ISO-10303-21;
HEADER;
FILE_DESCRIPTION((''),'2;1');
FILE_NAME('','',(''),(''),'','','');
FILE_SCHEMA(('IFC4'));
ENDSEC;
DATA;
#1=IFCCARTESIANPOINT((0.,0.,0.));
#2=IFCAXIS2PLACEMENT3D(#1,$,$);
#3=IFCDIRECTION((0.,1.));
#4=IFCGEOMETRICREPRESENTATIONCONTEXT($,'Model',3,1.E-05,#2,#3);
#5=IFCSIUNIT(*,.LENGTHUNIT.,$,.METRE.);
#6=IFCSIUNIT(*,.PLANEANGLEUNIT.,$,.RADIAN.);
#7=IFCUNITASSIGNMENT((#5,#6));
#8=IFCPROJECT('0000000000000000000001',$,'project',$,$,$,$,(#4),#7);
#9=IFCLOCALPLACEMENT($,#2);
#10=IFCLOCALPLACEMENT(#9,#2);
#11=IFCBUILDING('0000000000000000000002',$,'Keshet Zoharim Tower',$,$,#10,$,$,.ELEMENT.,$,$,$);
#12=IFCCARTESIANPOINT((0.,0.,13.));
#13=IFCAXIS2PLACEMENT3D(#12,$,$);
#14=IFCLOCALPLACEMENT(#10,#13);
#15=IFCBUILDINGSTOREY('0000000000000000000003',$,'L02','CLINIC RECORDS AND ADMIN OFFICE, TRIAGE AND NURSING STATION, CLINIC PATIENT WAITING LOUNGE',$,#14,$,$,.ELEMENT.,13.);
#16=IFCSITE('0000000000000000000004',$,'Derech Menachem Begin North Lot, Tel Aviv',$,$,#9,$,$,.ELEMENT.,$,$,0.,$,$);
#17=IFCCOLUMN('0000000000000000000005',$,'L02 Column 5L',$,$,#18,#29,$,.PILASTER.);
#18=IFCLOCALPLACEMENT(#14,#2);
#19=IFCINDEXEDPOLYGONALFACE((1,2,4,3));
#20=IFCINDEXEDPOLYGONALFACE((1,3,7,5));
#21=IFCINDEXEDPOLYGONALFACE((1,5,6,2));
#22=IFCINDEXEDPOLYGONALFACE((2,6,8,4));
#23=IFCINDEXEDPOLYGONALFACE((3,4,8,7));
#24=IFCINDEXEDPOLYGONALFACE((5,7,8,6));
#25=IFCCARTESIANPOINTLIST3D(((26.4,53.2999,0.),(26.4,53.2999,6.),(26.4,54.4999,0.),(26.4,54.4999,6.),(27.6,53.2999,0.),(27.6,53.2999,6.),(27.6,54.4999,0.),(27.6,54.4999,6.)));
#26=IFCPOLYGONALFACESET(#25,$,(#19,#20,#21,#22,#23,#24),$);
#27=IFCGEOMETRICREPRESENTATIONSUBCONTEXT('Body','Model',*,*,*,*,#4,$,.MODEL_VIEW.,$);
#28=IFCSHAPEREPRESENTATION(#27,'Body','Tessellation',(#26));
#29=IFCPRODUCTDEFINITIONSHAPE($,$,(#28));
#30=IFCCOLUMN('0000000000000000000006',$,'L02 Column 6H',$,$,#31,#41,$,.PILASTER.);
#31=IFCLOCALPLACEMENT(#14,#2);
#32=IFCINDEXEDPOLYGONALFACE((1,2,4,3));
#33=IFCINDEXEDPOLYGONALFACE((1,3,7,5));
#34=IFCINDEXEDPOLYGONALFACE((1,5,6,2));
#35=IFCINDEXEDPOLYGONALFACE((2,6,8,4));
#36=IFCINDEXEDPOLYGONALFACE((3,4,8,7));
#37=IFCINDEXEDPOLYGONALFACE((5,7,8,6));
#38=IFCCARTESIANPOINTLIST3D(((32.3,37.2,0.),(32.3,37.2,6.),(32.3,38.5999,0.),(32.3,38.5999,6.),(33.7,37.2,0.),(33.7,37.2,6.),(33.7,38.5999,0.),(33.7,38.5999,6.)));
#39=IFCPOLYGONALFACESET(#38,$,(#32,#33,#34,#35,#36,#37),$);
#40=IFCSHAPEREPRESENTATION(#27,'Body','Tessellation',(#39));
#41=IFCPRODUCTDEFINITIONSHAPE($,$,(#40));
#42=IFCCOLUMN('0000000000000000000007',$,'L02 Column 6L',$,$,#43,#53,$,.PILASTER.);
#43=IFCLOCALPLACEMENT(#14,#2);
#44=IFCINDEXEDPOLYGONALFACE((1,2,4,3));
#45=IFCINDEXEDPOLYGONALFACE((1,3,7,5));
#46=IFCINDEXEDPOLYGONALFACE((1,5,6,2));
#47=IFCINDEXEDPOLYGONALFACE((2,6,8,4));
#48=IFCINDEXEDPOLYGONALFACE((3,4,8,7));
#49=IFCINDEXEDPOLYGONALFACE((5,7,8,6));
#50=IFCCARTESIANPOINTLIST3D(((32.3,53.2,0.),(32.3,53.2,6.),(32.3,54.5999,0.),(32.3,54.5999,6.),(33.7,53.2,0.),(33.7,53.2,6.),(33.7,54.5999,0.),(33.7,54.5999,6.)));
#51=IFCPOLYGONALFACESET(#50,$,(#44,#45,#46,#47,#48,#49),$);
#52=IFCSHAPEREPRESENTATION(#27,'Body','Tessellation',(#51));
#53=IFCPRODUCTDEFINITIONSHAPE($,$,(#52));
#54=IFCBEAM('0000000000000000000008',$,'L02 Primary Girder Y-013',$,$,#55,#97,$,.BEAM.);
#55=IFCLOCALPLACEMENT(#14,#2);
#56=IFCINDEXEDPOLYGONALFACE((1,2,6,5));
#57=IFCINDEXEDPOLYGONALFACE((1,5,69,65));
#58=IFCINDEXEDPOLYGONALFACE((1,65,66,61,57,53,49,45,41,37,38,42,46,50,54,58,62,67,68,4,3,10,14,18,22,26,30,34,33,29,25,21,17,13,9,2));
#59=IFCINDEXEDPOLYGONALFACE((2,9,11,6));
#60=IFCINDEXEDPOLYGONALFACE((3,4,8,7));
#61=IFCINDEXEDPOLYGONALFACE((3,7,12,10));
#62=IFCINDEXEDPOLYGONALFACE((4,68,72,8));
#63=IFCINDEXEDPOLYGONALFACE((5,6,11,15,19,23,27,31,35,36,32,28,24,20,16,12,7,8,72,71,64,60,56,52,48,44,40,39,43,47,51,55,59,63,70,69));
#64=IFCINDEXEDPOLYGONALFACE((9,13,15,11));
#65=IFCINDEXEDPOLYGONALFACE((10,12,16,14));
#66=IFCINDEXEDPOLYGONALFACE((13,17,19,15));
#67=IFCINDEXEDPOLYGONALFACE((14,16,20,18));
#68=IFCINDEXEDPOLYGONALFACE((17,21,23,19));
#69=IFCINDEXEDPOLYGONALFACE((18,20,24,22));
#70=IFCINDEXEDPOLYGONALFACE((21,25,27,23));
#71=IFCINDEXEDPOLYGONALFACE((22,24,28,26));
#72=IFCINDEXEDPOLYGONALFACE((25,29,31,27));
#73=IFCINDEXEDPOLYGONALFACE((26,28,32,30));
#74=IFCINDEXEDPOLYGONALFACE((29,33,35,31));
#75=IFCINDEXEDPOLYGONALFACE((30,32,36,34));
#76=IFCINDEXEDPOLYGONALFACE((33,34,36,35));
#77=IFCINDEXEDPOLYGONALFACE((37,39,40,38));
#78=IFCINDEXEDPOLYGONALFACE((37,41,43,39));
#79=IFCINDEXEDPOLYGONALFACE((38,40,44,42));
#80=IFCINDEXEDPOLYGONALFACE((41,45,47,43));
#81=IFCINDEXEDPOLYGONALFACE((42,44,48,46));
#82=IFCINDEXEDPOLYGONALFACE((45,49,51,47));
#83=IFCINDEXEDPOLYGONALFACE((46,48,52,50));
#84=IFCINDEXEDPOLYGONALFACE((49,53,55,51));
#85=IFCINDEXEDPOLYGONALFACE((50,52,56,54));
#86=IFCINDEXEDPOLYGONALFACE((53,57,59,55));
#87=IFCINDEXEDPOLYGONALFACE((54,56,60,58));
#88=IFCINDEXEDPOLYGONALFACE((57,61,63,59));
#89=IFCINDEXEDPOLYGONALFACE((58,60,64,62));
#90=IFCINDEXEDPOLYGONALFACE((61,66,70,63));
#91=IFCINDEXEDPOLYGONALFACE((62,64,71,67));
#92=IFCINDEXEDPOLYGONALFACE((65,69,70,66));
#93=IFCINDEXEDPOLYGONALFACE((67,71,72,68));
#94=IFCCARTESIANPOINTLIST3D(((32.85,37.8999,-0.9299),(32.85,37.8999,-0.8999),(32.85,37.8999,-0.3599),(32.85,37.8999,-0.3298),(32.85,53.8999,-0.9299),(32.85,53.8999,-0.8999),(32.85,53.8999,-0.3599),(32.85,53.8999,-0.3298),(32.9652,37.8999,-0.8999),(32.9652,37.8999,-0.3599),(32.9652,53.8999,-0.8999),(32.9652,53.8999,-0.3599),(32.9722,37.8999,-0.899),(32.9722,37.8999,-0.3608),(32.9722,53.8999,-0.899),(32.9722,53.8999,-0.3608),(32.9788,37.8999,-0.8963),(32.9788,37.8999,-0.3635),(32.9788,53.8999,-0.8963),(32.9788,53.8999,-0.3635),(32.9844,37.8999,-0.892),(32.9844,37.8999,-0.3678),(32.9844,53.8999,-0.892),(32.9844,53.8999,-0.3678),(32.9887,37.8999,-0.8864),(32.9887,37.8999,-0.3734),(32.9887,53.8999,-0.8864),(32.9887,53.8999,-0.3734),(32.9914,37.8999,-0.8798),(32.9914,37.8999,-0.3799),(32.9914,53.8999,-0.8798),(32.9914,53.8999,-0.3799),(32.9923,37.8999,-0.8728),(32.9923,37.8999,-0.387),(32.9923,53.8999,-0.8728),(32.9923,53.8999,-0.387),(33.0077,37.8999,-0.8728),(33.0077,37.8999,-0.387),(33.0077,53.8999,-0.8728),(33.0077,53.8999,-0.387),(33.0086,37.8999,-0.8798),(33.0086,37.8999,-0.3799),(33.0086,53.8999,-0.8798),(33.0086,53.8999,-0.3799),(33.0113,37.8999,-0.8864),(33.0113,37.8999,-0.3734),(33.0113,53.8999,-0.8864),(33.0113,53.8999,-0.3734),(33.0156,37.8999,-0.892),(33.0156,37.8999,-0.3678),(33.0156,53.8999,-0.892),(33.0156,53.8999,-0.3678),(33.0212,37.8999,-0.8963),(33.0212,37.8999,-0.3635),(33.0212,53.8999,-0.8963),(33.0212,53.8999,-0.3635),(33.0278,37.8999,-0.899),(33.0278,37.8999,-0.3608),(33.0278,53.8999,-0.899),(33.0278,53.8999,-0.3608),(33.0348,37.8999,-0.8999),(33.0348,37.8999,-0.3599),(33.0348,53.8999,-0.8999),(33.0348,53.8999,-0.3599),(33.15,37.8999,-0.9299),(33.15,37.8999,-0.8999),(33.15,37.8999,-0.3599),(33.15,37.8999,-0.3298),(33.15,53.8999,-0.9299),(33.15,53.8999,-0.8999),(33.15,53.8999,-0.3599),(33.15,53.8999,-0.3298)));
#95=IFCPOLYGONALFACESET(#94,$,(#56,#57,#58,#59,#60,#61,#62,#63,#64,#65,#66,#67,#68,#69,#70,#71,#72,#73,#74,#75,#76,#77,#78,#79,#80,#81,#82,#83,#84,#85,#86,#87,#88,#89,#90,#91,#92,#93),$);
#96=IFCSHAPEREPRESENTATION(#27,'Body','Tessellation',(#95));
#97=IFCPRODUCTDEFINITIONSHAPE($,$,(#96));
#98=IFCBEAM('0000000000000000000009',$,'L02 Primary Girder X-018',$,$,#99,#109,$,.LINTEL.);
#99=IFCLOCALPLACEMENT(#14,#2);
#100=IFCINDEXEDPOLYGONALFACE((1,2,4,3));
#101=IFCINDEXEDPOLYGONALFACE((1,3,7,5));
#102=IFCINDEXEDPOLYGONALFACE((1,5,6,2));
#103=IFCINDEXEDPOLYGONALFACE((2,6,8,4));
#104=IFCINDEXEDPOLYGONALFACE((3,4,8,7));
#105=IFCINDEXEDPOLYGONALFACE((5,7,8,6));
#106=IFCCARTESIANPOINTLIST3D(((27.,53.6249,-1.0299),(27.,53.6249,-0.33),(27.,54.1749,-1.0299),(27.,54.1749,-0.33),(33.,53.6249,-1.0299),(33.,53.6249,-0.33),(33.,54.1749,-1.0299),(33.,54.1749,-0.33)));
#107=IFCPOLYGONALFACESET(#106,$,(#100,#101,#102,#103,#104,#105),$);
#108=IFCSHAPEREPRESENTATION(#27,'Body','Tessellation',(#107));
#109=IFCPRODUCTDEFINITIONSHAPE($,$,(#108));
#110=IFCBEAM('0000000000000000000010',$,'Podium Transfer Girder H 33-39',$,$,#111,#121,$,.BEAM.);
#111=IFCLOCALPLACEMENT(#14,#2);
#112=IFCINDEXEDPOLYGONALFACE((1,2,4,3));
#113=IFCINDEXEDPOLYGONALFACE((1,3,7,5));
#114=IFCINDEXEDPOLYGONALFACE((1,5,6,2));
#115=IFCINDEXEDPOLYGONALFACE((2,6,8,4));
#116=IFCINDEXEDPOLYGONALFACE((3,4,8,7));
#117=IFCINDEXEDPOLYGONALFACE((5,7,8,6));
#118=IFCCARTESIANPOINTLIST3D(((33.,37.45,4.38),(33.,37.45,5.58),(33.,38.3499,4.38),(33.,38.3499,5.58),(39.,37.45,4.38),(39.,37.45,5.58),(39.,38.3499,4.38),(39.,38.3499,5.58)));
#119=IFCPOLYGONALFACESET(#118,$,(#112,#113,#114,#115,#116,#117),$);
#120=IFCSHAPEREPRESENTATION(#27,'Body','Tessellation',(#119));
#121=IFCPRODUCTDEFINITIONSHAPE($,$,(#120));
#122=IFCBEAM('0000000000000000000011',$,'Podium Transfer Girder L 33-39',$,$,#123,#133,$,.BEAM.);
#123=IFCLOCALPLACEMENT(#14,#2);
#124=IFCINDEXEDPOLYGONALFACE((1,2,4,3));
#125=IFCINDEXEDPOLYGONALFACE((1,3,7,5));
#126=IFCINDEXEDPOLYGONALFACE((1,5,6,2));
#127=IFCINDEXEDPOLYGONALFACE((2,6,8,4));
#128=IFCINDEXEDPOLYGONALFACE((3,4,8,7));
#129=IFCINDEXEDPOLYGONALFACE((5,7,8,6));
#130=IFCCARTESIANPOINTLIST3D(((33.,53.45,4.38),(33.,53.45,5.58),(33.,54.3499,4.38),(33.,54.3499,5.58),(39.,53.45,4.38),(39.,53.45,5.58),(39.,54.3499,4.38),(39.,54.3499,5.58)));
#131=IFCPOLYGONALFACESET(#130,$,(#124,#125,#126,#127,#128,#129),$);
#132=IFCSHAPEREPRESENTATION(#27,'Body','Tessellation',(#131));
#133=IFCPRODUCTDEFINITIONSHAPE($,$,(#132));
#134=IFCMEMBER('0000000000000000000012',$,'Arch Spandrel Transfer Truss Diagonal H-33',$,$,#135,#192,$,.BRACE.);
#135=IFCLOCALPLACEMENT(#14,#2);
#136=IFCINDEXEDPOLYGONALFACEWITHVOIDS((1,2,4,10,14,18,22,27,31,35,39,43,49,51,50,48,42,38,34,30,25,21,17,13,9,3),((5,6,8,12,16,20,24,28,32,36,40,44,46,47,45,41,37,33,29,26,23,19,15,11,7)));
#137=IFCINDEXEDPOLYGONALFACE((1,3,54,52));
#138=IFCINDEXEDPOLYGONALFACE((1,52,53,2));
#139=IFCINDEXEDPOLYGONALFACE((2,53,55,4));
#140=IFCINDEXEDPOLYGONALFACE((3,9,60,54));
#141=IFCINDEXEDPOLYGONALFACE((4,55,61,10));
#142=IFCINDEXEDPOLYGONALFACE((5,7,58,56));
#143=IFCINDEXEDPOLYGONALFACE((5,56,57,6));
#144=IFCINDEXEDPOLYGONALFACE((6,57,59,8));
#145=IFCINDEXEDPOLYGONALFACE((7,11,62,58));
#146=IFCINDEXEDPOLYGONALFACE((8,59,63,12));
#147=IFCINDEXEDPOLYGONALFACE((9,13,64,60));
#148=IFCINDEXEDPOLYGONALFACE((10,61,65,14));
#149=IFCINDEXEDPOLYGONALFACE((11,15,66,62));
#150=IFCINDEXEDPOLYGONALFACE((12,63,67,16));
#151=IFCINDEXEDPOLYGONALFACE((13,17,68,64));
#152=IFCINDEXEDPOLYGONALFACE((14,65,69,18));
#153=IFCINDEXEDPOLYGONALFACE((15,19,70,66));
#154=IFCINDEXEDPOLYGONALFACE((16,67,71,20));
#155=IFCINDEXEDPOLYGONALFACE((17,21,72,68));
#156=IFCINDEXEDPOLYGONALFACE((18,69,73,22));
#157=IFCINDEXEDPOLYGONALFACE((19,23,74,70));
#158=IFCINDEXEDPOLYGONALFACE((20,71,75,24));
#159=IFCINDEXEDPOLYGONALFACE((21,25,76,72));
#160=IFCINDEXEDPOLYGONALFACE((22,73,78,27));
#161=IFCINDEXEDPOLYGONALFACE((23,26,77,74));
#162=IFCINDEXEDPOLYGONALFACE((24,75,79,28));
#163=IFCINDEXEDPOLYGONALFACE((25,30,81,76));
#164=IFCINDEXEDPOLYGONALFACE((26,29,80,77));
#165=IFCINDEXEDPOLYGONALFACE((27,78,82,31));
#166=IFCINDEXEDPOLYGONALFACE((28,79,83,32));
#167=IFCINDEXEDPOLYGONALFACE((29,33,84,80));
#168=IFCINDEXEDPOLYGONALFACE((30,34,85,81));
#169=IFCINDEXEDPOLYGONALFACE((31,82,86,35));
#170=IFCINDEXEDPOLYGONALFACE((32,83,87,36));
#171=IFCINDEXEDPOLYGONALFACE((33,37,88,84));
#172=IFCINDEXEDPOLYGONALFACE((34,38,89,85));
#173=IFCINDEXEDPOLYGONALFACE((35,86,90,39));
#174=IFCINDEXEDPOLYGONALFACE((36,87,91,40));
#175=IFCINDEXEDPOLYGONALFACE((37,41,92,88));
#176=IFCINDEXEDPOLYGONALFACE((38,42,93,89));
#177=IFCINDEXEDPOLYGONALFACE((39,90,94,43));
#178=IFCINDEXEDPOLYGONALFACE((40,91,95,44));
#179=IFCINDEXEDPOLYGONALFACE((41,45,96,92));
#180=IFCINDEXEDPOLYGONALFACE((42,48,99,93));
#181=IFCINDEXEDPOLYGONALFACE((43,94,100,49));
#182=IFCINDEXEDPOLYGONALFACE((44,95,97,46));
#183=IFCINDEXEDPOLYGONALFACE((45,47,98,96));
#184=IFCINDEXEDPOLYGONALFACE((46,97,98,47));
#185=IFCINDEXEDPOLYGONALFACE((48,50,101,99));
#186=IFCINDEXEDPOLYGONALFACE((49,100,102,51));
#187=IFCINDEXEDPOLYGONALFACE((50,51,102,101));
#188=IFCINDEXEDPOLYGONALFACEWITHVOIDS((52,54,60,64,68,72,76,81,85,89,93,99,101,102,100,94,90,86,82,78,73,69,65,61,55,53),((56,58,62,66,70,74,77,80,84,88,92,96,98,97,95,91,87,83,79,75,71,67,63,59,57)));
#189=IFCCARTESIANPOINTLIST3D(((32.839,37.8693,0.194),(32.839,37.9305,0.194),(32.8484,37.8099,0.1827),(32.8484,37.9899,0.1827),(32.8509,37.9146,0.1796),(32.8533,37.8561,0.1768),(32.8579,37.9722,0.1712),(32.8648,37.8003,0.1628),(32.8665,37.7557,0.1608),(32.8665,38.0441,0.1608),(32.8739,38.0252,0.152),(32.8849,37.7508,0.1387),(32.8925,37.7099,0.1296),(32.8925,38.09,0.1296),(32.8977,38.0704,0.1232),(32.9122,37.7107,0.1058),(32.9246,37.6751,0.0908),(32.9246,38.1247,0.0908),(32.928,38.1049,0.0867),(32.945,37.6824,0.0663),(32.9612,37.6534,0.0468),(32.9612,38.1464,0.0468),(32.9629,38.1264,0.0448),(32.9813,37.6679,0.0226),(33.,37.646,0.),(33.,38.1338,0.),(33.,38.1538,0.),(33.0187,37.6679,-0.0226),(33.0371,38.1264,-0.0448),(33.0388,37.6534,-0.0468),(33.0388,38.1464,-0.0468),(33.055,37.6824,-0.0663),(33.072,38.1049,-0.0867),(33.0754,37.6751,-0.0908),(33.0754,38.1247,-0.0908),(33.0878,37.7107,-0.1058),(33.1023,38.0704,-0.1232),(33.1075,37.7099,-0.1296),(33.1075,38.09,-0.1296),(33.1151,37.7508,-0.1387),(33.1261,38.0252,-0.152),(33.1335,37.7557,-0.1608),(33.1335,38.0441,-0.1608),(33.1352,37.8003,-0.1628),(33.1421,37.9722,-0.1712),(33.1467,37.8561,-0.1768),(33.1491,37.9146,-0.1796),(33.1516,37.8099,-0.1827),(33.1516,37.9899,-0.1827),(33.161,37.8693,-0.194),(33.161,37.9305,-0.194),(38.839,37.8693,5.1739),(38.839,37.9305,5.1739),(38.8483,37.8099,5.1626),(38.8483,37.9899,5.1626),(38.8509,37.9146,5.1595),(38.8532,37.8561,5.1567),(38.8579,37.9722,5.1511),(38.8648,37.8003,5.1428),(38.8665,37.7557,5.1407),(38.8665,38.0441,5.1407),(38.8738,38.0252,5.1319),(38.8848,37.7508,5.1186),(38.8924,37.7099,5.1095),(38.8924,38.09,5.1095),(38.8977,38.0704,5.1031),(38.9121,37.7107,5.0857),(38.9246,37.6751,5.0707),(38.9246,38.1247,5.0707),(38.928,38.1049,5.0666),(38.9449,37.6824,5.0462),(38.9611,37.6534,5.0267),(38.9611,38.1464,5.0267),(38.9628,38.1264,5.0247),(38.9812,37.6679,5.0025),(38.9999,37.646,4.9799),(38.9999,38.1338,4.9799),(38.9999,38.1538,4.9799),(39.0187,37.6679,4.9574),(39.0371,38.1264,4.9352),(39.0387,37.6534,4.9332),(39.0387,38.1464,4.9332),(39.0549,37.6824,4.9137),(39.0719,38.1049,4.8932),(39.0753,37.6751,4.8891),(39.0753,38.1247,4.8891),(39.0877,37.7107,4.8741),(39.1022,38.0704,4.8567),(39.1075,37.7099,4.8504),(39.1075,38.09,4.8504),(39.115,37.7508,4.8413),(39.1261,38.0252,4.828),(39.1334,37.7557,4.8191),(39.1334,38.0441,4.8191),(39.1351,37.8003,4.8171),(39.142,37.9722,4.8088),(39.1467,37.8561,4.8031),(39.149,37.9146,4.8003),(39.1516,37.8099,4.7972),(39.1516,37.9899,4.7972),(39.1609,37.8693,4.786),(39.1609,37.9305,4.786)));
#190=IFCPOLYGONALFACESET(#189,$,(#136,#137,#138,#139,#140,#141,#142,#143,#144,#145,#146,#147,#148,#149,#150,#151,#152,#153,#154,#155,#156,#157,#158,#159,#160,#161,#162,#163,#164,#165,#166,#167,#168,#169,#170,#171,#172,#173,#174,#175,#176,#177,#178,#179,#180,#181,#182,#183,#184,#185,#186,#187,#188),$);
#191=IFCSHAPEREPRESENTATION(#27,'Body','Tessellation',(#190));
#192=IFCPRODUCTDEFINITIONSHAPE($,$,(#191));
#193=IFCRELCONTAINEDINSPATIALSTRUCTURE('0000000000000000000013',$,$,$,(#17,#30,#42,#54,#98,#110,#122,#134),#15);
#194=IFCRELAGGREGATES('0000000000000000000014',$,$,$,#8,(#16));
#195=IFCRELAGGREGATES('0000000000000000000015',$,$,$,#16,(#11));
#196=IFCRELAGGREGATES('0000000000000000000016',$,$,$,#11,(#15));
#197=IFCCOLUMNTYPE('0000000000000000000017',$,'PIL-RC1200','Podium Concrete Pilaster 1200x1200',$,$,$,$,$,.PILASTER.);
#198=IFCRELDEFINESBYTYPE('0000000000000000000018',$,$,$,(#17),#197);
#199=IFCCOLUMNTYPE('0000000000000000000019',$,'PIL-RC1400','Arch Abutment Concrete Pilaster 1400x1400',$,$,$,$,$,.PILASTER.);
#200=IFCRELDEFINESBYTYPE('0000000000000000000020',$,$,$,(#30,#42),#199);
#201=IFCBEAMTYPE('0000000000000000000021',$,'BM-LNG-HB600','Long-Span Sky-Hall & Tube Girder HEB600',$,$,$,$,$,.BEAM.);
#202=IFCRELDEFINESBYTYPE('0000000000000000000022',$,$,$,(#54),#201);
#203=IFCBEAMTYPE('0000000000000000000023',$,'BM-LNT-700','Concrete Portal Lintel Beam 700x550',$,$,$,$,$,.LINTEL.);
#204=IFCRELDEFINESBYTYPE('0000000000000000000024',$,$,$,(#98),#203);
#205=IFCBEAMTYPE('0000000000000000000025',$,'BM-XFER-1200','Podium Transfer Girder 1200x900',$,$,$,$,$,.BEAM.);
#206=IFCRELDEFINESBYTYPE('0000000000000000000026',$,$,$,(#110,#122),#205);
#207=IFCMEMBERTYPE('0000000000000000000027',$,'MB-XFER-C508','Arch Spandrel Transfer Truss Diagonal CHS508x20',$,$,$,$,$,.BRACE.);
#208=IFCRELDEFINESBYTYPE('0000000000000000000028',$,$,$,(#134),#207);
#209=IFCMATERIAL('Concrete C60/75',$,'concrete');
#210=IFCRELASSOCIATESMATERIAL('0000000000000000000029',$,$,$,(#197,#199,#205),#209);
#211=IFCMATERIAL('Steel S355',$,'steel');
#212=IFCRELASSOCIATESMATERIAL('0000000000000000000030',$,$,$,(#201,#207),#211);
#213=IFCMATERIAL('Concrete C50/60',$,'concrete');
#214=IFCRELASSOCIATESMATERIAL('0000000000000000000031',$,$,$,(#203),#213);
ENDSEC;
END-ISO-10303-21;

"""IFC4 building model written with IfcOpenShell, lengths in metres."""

from ifc_helpers import new_model, si_unit, direction, frame, origin, origin_2d, place, context, subcontext, project, spatial, rectangle, hollow_circle, i_section, extrude, material, material_profile, profile_set, type_object, element, save


model = new_model("IFC4")

# Units and contexts
model_context = context("Model", 3, precision=1e-05, world=origin(), true_north=direction((0.0, 1.0)))
body_context = subcontext(model_context, "Body", "Model", "MODEL_VIEW")
ifc_project = project(units=[si_unit("LENGTHUNIT", "METRE"), si_unit("PLANEANGLEUNIT", "RADIAN")], contexts=[model_context])

# Site, building, storey
site_placement = place(None, origin())
site = spatial("IfcSite", under=ifc_project, at=site_placement, Name="Derech Menachem Begin North Lot, Tel Aviv", CompositionType="ELEMENT", RefElevation=0.0)
building_placement = place(site_placement, origin())
building = spatial("IfcBuilding", under=site, at=building_placement, Name="Keshet Zoharim Tower", CompositionType="ELEMENT")
storey_placement = place(building_placement, frame((0.0, 0.0, 13.0)))
storey = spatial("IfcBuildingStorey", under=building, at=storey_placement, Name="L02", Description="CLINIC RECORDS AND ADMIN OFFICE, TRIAGE AND NURSING STATION, CLINIC PATIENT WAITING LOUNGE", CompositionType="ELEMENT", Elevation=13.0)

# Columns
ifc_material_1 = material(Name="Concrete C60/75", Category="concrete")
ifc_material_profile_1 = material_profile(ifc_material_1, rectangle(XDim=1.2, YDim=1.2, at=origin_2d()), Name="RC1200x1200")
ifc_profile_set_1 = profile_set([ifc_material_profile_1], Name="Concrete C60/75")
column_type_1 = type_object("IfcColumnType", Name="PIL-RC1200", Description="Podium Concrete Pilaster 1200x1200", PredefinedType="PILASTER", material=ifc_profile_set_1)
column_placement = place(storey_placement, frame((27.0, 53.8999, 0.0), z_axis=(0.0, 0.0, 1.0), x_axis=(1.0, 0.0, 0.0)))
element("IfcColumn", 1, at=column_placement, inside=storey, type_object=column_type_1, Name="L02 Column 5L", PredefinedType="PILASTER", context=body_context, shape_type="SweptSolid", body=[
    extrude(rectangle(XDim=1.2, YDim=1.2, at=origin_2d()), origin(), (0.0, 0.0, 1.0), 6.0),
])
ifc_material_profile_2 = material_profile(ifc_material_1, rectangle(XDim=1.3999, YDim=1.3999, at=origin_2d()), Name="RC1400x1400")
ifc_profile_set_2 = profile_set([ifc_material_profile_2], Name="Concrete C60/75")
column_type_2 = type_object("IfcColumnType", Name="PIL-RC1400", Description="Arch Abutment Concrete Pilaster 1400x1400", PredefinedType="PILASTER", material=ifc_profile_set_2)
for number, where, z_axis, x_axis, name in (
    (2, (33.0, 37.8999, 0.0), (0.0, 0.0, 1.0), (1.0, 0.0, 0.0), "L02 Column 6H"),
    (3, (33.0, 53.8999, 0.0), (0.0, 0.0, 1.0), (1.0, 0.0, 0.0), "L02 Column 6L"),
):
    element("IfcColumn", number, at=place(storey_placement, frame(where, z_axis=z_axis, x_axis=x_axis)), inside=storey, type_object=column_type_2, Name=name, PredefinedType="PILASTER", context=body_context, shape_type="SweptSolid", body=[
        extrude(rectangle(XDim=1.3999, YDim=1.3999, at=origin_2d()), origin(), (0.0, 0.0, 1.0), 6.0),
    ])

# Beams
ifc_material_2 = material(Name="Steel S355", Category="steel")
ifc_material_profile_3 = material_profile(ifc_material_2, i_section(OverallWidth=0.3, OverallDepth=0.6001, WebThickness=0.0154, FlangeThickness=0.03, FilletRadius=0.0271, at=origin_2d()), Name="HEB600")
ifc_profile_set_3 = profile_set([ifc_material_profile_3], Name="Steel S355")
beam_type_1 = type_object("IfcBeamType", Name="BM-LNG-HB600", Description="Long-Span Sky-Hall & Tube Girder HEB600", PredefinedType="BEAM", material=ifc_profile_set_3)
beam_1_placement = place(storey_placement, frame((33.0, 37.8999, -0.6299), z_axis=(0.0, 1.0, 0.0), x_axis=(-1.0, 0.0, 0.0)))
element("IfcBeam", 4, at=beam_1_placement, inside=storey, type_object=beam_type_1, Name="L02 Primary Girder Y-013", PredefinedType="BEAM", context=body_context, shape_type="SweptSolid", body=[
    extrude(i_section(OverallWidth=0.3, OverallDepth=0.6001, WebThickness=0.0154, FlangeThickness=0.03, FilletRadius=0.0271, at=origin_2d()), origin(), (0.0, 0.0, 1.0), 16.0),
])
ifc_material_3 = material(Name="Concrete C50/60", Category="concrete")
ifc_material_profile_4 = material_profile(ifc_material_3, rectangle(XDim=0.55, YDim=0.7, at=origin_2d()), Name="RC700x550")
ifc_profile_set_4 = profile_set([ifc_material_profile_4], Name="Concrete C50/60")
beam_type_2 = type_object("IfcBeamType", Name="BM-LNT-700", Description="Concrete Portal Lintel Beam 700x550", PredefinedType="LINTEL", material=ifc_profile_set_4)
beam_2_placement = place(storey_placement, frame((27.0, 53.8999, -0.6799), z_axis=(1.0, 0.0, 0.0), x_axis=(0.0, 1.0, 0.0)))
element("IfcBeam", 5, at=beam_2_placement, inside=storey, type_object=beam_type_2, Name="L02 Primary Girder X-018", PredefinedType="LINTEL", context=body_context, shape_type="SweptSolid", body=[
    extrude(rectangle(XDim=0.55, YDim=0.7, at=origin_2d()), origin(), (0.0, 0.0, 1.0), 6.0),
])
ifc_material_profile_5 = material_profile(ifc_material_1, rectangle(XDim=0.8999, YDim=1.2, at=origin_2d()), Name="RC1200x900")
ifc_profile_set_5 = profile_set([ifc_material_profile_5], Name="Concrete C60/75")
beam_type_3 = type_object("IfcBeamType", Name="BM-XFER-1200", Description="Podium Transfer Girder 1200x900", PredefinedType="BEAM", material=ifc_profile_set_5)
for number, where, z_axis, x_axis, name in (
    (6, (33.0, 37.8999, 4.98), (1.0, 0.0, 0.0), (0.0, 1.0, 0.0), "Podium Transfer Girder H 33-39"),
    (7, (33.0, 53.8999, 4.98), (1.0, 0.0, 0.0), (0.0, 1.0, 0.0), "Podium Transfer Girder L 33-39"),
):
    element("IfcBeam", number, at=place(storey_placement, frame(where, z_axis=z_axis, x_axis=x_axis)), inside=storey, type_object=beam_type_3, Name=name, PredefinedType="BEAM", context=body_context, shape_type="SweptSolid", body=[
        extrude(rectangle(XDim=0.8999, YDim=1.2, at=origin_2d()), origin(), (0.0, 0.0, 1.0), 6.0),
    ])

# Member
ifc_material_profile_6 = material_profile(ifc_material_2, hollow_circle(Radius=0.2539, WallThickness=0.02, at=origin_2d()), Name="CHS508x20")
ifc_profile_set_6 = profile_set([ifc_material_profile_6], Name="Steel S355")
member_type = type_object("IfcMemberType", Name="MB-XFER-C508", Description="Arch Spandrel Transfer Truss Diagonal CHS508x20", PredefinedType="BRACE", material=ifc_profile_set_6)
for number, where, z_axis, x_axis, name in (
    (8, (33.0, 37.8999, 0.0), (0.769482, 0.0, 0.638668), (0.0, 1.0, 0.0), "Arch Spandrel Transfer Truss Diagonal H-33"),
):
    element("IfcMember", number, at=place(storey_placement, frame(where, z_axis=z_axis, x_axis=x_axis)), inside=storey, type_object=member_type, Name=name, PredefinedType="BRACE", context=body_context, shape_type="SweptSolid", body=[
        extrude(hollow_circle(Radius=0.2539, WallThickness=0.02, at=origin_2d()), origin(), (0.0, 0.0, 1.0), 7.7974),
    ])

save(model, "model.ifc")
